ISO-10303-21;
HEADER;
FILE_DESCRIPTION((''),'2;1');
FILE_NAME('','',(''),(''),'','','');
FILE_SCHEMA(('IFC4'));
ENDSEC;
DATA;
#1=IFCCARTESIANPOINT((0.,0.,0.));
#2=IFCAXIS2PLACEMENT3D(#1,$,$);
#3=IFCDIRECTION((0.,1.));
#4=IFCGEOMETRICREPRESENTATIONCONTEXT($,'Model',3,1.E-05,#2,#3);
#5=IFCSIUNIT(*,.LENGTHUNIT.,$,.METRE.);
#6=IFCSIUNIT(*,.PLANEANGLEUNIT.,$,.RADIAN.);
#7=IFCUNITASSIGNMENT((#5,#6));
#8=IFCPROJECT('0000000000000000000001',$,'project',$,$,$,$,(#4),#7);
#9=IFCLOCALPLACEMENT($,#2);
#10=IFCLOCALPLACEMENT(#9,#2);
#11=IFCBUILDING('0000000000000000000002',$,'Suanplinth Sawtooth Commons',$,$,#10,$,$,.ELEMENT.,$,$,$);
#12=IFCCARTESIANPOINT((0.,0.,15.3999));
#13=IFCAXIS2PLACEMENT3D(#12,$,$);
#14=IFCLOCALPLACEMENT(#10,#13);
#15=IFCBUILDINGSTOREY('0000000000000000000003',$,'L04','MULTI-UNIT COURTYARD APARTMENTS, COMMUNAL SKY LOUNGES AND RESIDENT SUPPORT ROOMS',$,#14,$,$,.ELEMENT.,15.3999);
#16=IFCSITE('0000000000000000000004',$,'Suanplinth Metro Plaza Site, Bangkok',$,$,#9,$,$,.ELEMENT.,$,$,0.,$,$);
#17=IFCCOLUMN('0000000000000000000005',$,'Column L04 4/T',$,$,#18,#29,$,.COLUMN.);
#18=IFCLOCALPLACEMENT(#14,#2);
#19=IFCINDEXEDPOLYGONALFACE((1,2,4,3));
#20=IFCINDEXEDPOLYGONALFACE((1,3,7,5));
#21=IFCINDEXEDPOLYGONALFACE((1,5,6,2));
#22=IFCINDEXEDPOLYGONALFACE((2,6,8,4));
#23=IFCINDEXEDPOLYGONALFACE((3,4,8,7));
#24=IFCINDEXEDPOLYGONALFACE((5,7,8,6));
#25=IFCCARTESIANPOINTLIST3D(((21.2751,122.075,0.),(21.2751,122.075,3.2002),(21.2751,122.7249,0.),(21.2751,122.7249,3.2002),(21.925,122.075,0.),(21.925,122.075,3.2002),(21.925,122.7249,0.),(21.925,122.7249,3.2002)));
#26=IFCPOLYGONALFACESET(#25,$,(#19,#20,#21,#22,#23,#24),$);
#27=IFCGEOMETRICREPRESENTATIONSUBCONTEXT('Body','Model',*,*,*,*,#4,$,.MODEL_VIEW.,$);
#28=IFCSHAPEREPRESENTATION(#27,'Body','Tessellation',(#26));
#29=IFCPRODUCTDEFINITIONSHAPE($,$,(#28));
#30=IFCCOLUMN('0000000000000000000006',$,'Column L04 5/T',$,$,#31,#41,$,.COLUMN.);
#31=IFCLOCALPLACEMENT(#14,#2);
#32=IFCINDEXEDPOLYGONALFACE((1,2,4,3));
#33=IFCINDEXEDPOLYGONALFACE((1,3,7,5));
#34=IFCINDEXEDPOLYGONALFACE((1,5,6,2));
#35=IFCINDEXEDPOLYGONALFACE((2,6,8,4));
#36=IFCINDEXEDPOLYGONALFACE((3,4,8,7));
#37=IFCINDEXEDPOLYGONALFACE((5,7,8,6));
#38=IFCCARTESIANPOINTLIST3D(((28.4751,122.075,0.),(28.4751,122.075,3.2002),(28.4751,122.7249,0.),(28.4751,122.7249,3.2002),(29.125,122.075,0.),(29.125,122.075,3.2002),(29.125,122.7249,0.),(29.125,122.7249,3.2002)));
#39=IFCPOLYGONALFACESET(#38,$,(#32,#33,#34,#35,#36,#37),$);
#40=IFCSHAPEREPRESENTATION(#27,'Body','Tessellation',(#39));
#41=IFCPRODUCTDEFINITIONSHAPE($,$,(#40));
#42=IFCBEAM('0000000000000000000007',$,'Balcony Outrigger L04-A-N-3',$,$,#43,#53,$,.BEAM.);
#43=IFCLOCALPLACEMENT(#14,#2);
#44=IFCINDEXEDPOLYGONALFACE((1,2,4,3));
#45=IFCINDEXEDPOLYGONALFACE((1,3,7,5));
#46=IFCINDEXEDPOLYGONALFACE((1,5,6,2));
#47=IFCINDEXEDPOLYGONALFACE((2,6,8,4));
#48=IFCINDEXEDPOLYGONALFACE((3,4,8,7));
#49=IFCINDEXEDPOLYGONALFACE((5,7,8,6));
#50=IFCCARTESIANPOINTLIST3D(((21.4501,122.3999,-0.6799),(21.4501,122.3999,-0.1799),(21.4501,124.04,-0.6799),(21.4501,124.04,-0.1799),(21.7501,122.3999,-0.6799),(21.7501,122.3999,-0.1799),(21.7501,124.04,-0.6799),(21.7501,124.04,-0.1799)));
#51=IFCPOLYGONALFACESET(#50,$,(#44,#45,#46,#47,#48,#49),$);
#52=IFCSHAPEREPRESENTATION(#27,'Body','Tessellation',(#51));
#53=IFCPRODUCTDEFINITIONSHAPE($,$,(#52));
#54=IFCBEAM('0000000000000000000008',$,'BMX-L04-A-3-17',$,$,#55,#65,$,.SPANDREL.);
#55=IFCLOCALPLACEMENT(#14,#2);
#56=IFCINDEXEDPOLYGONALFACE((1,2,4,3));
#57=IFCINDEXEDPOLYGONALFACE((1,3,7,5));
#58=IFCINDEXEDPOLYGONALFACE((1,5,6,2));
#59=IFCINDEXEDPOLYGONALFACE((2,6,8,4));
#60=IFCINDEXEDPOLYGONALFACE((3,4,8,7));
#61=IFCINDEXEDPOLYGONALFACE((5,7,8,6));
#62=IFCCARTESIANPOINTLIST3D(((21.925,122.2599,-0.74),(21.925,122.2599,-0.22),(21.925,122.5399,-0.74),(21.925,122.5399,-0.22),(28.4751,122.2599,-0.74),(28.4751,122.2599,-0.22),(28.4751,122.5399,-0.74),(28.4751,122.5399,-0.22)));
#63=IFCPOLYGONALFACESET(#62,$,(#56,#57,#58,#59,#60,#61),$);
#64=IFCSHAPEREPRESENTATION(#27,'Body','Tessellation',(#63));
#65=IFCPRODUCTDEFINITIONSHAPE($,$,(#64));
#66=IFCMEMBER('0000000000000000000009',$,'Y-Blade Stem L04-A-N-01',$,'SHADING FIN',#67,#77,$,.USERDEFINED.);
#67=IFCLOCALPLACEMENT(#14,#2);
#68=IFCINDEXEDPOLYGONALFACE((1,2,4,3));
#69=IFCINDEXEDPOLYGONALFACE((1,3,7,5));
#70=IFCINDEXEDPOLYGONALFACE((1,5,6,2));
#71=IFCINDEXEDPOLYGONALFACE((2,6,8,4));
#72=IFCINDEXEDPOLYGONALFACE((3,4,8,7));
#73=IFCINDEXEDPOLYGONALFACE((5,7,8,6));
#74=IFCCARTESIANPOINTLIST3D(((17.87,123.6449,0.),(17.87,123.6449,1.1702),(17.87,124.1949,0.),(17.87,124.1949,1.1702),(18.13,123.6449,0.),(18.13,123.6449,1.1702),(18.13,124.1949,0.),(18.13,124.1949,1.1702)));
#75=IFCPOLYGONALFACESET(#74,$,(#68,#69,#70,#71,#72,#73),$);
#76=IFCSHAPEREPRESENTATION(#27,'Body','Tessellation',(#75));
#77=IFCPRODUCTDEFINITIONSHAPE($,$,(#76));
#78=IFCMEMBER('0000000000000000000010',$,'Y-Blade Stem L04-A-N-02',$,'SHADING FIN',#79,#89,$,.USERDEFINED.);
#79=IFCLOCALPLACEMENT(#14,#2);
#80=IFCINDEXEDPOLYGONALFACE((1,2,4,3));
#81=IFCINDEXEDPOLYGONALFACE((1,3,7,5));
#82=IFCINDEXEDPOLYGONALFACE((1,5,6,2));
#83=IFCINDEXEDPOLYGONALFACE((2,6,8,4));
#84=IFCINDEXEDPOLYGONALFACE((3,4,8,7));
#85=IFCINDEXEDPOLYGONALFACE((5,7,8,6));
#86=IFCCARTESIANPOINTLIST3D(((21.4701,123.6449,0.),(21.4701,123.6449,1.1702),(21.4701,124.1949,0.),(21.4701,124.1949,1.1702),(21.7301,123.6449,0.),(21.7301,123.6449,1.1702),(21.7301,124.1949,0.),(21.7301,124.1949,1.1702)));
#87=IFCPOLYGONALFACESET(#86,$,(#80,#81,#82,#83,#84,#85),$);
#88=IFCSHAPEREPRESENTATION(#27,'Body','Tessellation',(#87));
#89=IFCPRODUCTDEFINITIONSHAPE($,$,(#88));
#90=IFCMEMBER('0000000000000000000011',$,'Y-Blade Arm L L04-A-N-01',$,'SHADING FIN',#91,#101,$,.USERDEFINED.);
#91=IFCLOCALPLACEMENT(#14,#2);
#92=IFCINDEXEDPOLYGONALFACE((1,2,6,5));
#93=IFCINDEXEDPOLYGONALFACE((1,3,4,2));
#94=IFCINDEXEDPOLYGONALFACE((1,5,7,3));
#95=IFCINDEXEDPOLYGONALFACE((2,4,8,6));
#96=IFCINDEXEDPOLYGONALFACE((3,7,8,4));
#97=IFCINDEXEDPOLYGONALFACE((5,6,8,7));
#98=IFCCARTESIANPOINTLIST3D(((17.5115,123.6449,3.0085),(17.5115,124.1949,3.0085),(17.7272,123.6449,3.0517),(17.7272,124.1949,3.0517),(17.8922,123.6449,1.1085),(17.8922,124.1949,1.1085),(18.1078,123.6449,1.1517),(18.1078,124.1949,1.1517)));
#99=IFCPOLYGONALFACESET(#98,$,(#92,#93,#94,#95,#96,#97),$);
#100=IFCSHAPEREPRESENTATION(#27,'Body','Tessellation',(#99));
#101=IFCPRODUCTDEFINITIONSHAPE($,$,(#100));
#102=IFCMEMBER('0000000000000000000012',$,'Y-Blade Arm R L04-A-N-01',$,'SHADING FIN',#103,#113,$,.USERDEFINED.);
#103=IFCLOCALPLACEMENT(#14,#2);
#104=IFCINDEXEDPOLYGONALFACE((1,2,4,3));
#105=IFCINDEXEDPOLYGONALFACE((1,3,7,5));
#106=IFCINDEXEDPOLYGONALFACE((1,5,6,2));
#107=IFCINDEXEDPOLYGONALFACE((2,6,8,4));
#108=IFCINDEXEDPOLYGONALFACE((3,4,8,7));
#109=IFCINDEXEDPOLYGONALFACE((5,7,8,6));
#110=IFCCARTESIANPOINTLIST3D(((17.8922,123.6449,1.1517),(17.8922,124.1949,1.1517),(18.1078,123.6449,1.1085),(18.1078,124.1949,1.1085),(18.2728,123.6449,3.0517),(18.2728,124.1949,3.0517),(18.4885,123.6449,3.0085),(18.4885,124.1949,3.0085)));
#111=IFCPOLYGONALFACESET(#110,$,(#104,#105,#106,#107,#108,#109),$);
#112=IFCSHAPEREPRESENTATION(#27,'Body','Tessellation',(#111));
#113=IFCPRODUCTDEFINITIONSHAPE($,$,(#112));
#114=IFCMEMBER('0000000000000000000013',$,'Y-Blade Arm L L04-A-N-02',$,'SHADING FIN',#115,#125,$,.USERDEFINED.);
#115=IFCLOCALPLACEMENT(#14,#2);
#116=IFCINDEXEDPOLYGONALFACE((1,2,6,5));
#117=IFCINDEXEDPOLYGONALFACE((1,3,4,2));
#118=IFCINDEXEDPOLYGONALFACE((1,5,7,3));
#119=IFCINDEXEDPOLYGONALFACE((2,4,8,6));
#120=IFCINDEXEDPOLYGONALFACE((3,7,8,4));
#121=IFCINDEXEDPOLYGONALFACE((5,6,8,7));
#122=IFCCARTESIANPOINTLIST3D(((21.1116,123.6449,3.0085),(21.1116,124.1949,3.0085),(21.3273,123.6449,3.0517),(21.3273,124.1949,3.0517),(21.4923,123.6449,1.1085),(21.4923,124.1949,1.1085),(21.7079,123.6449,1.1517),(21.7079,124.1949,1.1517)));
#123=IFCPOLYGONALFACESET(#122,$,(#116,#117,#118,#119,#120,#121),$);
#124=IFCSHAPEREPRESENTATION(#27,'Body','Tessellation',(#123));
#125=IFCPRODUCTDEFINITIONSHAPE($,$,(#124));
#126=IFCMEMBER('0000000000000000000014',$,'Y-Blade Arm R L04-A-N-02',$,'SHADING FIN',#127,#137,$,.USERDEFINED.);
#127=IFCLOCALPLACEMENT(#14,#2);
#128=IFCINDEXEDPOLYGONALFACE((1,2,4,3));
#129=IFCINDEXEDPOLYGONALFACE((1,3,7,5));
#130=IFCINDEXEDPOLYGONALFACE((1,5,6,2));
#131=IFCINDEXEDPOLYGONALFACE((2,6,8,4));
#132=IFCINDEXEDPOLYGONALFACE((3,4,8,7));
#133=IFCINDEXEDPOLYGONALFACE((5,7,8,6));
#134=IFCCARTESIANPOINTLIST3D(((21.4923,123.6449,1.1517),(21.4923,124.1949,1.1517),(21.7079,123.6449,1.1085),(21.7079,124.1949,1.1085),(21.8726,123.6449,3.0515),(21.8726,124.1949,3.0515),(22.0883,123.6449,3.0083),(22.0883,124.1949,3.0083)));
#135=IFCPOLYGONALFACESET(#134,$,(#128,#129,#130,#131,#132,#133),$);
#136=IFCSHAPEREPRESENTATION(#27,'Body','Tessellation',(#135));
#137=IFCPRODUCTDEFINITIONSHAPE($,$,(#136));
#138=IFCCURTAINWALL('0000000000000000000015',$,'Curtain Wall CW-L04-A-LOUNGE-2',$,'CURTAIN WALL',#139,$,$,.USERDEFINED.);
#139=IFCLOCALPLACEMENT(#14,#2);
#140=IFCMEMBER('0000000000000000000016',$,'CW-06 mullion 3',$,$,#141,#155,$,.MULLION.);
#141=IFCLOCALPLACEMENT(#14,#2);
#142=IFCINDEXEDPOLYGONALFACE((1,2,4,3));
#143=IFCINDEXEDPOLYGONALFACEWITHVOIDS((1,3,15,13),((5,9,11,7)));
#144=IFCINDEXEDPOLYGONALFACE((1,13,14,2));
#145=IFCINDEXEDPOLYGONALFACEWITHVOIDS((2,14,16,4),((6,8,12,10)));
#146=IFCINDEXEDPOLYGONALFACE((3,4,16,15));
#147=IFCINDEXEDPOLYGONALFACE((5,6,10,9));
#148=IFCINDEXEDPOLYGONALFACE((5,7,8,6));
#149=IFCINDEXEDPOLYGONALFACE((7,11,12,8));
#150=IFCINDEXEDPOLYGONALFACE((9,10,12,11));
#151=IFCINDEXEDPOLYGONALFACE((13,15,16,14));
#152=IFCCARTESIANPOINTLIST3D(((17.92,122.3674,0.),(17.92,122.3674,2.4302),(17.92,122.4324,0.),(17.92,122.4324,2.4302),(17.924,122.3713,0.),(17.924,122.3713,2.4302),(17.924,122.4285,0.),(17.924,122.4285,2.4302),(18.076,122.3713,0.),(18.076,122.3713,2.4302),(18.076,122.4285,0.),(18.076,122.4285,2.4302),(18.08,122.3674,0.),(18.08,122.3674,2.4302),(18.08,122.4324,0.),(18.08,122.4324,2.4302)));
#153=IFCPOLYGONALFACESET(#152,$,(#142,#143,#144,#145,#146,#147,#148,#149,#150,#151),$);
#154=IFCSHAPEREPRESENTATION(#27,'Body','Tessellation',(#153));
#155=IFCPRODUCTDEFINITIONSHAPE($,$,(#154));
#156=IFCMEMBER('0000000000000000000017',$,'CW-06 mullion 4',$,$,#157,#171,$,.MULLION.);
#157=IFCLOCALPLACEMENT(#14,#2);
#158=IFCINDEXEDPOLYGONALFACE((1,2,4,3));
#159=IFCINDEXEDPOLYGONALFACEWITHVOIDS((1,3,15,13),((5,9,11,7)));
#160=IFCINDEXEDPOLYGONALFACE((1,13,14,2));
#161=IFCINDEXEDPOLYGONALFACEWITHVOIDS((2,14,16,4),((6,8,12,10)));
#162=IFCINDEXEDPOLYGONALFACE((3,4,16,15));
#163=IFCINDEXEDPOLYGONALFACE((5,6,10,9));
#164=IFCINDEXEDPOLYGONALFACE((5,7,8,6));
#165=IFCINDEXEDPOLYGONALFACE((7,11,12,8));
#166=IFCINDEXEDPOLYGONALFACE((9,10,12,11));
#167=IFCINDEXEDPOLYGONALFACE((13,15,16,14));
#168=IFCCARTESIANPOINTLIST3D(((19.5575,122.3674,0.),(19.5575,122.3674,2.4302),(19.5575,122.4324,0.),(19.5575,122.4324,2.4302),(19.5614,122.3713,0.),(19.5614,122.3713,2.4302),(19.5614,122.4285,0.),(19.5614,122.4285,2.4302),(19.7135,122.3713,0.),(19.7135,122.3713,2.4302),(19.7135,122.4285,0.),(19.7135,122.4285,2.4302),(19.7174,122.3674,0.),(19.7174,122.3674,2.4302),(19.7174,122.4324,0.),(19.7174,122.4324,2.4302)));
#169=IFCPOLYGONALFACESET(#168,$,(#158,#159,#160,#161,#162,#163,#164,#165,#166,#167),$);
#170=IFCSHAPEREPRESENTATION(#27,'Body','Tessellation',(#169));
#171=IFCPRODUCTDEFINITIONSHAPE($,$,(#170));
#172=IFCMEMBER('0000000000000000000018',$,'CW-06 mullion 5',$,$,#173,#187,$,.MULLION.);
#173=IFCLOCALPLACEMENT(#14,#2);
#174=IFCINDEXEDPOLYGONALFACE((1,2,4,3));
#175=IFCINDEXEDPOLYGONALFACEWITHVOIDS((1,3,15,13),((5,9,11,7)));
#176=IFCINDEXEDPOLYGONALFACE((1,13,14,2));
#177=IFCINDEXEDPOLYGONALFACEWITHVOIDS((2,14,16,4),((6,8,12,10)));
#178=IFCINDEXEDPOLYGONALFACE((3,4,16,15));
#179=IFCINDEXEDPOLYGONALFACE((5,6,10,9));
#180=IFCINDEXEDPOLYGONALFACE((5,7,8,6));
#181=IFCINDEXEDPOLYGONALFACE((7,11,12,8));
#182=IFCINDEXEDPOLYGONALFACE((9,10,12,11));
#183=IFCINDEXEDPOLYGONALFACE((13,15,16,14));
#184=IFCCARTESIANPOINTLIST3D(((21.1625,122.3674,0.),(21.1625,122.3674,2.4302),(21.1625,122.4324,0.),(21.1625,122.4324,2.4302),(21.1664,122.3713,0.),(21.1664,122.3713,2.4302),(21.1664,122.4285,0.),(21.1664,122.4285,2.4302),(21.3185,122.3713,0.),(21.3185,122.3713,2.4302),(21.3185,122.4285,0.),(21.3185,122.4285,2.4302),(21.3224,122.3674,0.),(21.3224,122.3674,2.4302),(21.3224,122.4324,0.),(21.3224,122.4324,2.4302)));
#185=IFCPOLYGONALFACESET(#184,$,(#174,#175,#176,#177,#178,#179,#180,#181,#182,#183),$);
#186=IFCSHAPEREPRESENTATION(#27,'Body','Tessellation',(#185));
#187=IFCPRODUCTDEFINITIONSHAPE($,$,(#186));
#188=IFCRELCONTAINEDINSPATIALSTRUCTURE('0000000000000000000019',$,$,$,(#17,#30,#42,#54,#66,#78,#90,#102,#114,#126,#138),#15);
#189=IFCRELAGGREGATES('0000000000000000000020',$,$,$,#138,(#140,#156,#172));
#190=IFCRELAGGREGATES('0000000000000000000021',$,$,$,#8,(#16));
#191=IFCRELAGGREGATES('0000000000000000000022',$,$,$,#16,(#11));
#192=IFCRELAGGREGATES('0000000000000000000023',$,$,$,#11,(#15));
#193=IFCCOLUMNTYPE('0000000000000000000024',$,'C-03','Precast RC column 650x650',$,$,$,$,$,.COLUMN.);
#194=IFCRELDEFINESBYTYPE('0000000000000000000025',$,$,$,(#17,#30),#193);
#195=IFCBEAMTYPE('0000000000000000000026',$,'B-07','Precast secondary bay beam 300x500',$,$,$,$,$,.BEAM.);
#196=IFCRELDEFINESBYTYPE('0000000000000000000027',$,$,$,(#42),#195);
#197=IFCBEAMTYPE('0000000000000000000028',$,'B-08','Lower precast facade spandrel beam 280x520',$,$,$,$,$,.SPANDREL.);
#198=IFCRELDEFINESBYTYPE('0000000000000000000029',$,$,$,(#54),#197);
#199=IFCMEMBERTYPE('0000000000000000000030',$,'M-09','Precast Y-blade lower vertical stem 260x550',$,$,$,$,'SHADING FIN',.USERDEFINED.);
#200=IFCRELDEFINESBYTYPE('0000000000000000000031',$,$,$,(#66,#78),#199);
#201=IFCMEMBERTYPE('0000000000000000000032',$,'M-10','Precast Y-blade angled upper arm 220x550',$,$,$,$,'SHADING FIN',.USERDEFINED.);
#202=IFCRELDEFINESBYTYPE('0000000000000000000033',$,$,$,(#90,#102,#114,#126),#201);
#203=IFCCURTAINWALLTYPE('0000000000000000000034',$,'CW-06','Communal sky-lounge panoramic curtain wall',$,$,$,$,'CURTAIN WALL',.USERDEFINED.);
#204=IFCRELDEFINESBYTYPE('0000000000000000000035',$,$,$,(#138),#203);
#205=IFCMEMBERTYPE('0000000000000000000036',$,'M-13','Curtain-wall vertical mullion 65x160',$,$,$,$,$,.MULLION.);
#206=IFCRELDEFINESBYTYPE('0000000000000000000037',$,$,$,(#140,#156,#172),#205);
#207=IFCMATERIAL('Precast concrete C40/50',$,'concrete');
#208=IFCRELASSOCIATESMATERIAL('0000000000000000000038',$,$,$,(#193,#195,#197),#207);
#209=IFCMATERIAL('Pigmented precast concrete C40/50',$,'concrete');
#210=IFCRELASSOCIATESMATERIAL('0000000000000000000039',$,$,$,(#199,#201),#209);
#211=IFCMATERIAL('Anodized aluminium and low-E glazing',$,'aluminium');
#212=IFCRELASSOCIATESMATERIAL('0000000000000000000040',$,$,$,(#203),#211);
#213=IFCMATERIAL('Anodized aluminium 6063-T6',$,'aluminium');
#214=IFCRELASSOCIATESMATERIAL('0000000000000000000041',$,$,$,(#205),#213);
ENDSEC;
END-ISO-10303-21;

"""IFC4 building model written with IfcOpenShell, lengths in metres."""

from ifc_helpers import new_model, si_unit, direction, frame, origin, origin_2d, place, context, subcontext, project, spatial, rectangle, hollow_rectangle, extrude, material, material_profile, profile_set, type_object, element, aggregate, save


model = new_model("IFC4")

# Units and contexts
model_context = context("Model", 3, precision=1e-05, world=origin(), true_north=direction((0.0, 1.0)))
body_context = subcontext(model_context, "Body", "Model", "MODEL_VIEW")
ifc_project = project(units=[si_unit("LENGTHUNIT", "METRE"), si_unit("PLANEANGLEUNIT", "RADIAN")], contexts=[model_context])

# Site, building, storey
site_placement = place(None, origin())
site = spatial("IfcSite", under=ifc_project, at=site_placement, Name="Suanplinth Metro Plaza Site, Bangkok", CompositionType="ELEMENT", RefElevation=0.0)
building_placement = place(site_placement, origin())
building = spatial("IfcBuilding", under=site, at=building_placement, Name="Suanplinth Sawtooth Commons", CompositionType="ELEMENT")
storey_placement = place(building_placement, frame((0.0, 0.0, 15.3999)))
storey = spatial("IfcBuildingStorey", under=building, at=storey_placement, Name="L04", Description="MULTI-UNIT COURTYARD APARTMENTS, COMMUNAL SKY LOUNGES AND RESIDENT SUPPORT ROOMS", CompositionType="ELEMENT", Elevation=15.3999)

# Columns
ifc_material_1 = material(Name="Precast concrete C40/50", Category="concrete")
ifc_material_profile_1 = material_profile(ifc_material_1, rectangle(XDim=0.6499, YDim=0.6499, at=origin_2d()), Name="PC-COL 650x650")
ifc_profile_set_1 = profile_set([ifc_material_profile_1], Name="Precast concrete C40/50")
column_type = type_object("IfcColumnType", Name="C-03", Description="Precast RC column 650x650", PredefinedType="COLUMN", material=ifc_profile_set_1)
for number, where, z_axis, x_axis, name in (
    (1, (21.6001, 122.3999, 0.0), (0.0, 0.0, 1.0), (1.0, 0.0, 0.0), "Column L04 4/T"),
    (2, (28.8, 122.3999, 0.0), (0.0, 0.0, 1.0), (1.0, 0.0, 0.0), "Column L04 5/T"),
):
    element("IfcColumn", number, at=place(storey_placement, frame(where, z_axis=z_axis, x_axis=x_axis)), inside=storey, type_object=column_type, Name=name, PredefinedType="COLUMN", context=body_context, shape_type="SweptSolid", body=[
        extrude(rectangle(XDim=0.6499, YDim=0.6499, at=origin_2d()), origin(), (0.0, 0.0, 1.0), 3.2002),
    ])

# Beams
ifc_material_profile_2 = material_profile(ifc_material_1, rectangle(XDim=0.3, YDim=0.5, at=origin_2d()), Name="PC-BM 300x500")
ifc_profile_set_2 = profile_set([ifc_material_profile_2], Name="Precast concrete C40/50")
beam_type_1 = type_object("IfcBeamType", Name="B-07", Description="Precast secondary bay beam 300x500", PredefinedType="BEAM", material=ifc_profile_set_2)
beam_1_placement = place(storey_placement, frame((21.6001, 122.3999, -0.4299), z_axis=(0.0, 1.0, 0.0), x_axis=(-1.0, 0.0, 0.0)))
element("IfcBeam", 3, at=beam_1_placement, inside=storey, type_object=beam_type_1, Name="Balcony Outrigger L04-A-N-3", PredefinedType="BEAM", context=body_context, shape_type="SweptSolid", body=[
    extrude(rectangle(XDim=0.3, YDim=0.5, at=origin_2d()), origin(), (0.0, 0.0, 1.0), 1.6401),
])
ifc_material_profile_3 = material_profile(ifc_material_1, rectangle(XDim=0.28, YDim=0.52, at=origin_2d()), Name="PC-SP 280x520")
ifc_profile_set_3 = profile_set([ifc_material_profile_3], Name="Precast concrete C40/50")
beam_type_2 = type_object("IfcBeamType", Name="B-08", Description="Lower precast facade spandrel beam 280x520", PredefinedType="SPANDREL", material=ifc_profile_set_3)
beam_2_placement = place(storey_placement, frame((21.925, 122.3999, -0.48), z_axis=(1.0, 0.0, 0.0), x_axis=(0.0, 1.0, 0.0)))
element("IfcBeam", 4, at=beam_2_placement, inside=storey, type_object=beam_type_2, Name="BMX-L04-A-3-17", PredefinedType="SPANDREL", context=body_context, shape_type="SweptSolid", body=[
    extrude(rectangle(XDim=0.28, YDim=0.52, at=origin_2d()), origin(), (0.0, 0.0, 1.0), 6.55),
])

# Members
ifc_material_2 = material(Name="Pigmented precast concrete C40/50", Category="concrete")
ifc_material_profile_4 = material_profile(ifc_material_2, rectangle(XDim=0.26, YDim=0.55, at=origin_2d()), Name="PC-FIN 260x550")
ifc_profile_set_4 = profile_set([ifc_material_profile_4], Name="Pigmented precast concrete C40/50")
member_type_1 = type_object("IfcMemberType", Name="M-09", Description="Precast Y-blade lower vertical stem 260x550", ElementType="SHADING FIN", PredefinedType="USERDEFINED", material=ifc_profile_set_4)
for number, where, z_axis, x_axis, name in (
    (5, (18.0, 123.9199, 0.0), (0.0, 0.0, 1.0), (1.0, 0.0, 0.0), "Y-Blade Stem L04-A-N-01"),
    (6, (21.6001, 123.9199, 0.0), (0.0, 0.0, 1.0), (1.0, 0.0, 0.0), "Y-Blade Stem L04-A-N-02"),
):
    element("IfcMember", number, at=place(storey_placement, frame(where, z_axis=z_axis, x_axis=x_axis)), inside=storey, type_object=member_type_1, Name=name, ObjectType="SHADING FIN", PredefinedType="USERDEFINED", context=body_context, shape_type="SweptSolid", body=[
        extrude(rectangle(XDim=0.26, YDim=0.55, at=origin_2d()), origin(), (0.0, 0.0, 1.0), 1.1702),
    ])
ifc_material_profile_5 = material_profile(ifc_material_2, rectangle(XDim=0.22, YDim=0.55, at=origin_2d()), Name="PC-FIN 220x550")
ifc_profile_set_5 = profile_set([ifc_material_profile_5], Name="Pigmented precast concrete C40/50")
member_type_2 = type_object("IfcMemberType", Name="M-10", Description="Precast Y-blade angled upper arm 220x550", ElementType="SHADING FIN", PredefinedType="USERDEFINED", material=ifc_profile_set_5)
for number, where, z_axis, x_axis, name in (
    (7, (18.0, 123.9199, 1.1301), (-0.196431, 0.0, 0.980518), (0.980518, 0.0, 0.196431), "Y-Blade Arm L L04-A-N-01"),
    (8, (18.0, 123.9199, 1.1301), (0.196431, 0.0, 0.980518), (-0.980518, 0.0, 0.196431), "Y-Blade Arm R L04-A-N-01"),
    (9, (21.6001, 123.9199, 1.1301), (-0.196431, 0.0, 0.980518), (0.980518, 0.0, 0.196431), "Y-Blade Arm L L04-A-N-02"),
):
    element("IfcMember", number, at=place(storey_placement, frame(where, z_axis=z_axis, x_axis=x_axis)), inside=storey, type_object=member_type_2, Name=name, ObjectType="SHADING FIN", PredefinedType="USERDEFINED", context=body_context, shape_type="SweptSolid", body=[
        extrude(rectangle(XDim=0.22, YDim=0.55, at=origin_2d()), origin(), (0.0, 0.0, 1.0), 1.9377),
    ])
member_1_placement = place(storey_placement, frame((21.6001, 123.9199, 1.1301), z_axis=(0.19631, 0.0, 0.980542), x_axis=(-0.980542, 0.0, 0.19631)))
element("IfcMember", 10, at=member_1_placement, inside=storey, type_object=member_type_2, Name="Y-Blade Arm R L04-A-N-02", ObjectType="SHADING FIN", PredefinedType="USERDEFINED", context=body_context, shape_type="SweptSolid", body=[
    extrude(rectangle(XDim=0.22, YDim=0.55, at=origin_2d()), origin(), (0.0, 0.0, 1.0), 1.9375),
])

# Curtain wall, members
ifc_material_3 = material(Name="Anodized aluminium and low-E glazing", Category="aluminium")
curtain_wall_type = type_object("IfcCurtainWallType", Name="CW-06", Description="Communal sky-lounge panoramic curtain wall", ElementType="CURTAIN WALL", PredefinedType="USERDEFINED", material=ifc_material_3)
curtain_wall_placement = place(storey_placement, origin())
curtain_wall = element("IfcCurtainWall", 11, at=curtain_wall_placement, inside=storey, type_object=curtain_wall_type, Name="Curtain Wall CW-L04-A-LOUNGE-2", ObjectType="CURTAIN WALL", PredefinedType="USERDEFINED")
ifc_material_4 = material(Name="Anodized aluminium 6063-T6", Category="aluminium")
ifc_material_profile_6 = material_profile(ifc_material_4, hollow_rectangle(XDim=0.0649, YDim=0.1599, WallThickness=0.0039, at=origin_2d()), Name="ALU-MUL 65x160")
ifc_profile_set_6 = profile_set([ifc_material_profile_6], Name="Anodized aluminium 6063-T6")
member_type_3 = type_object("IfcMemberType", Name="M-13", Description="Curtain-wall vertical mullion 65x160", PredefinedType="MULLION", material=ifc_profile_set_6)
member_2_placement = place(storey_placement, frame((18.0, 122.3999, 0.0), z_axis=(0.0, 0.0, 1.0), x_axis=(0.0, 1.0, 0.0)))
member_2 = element("IfcMember", 12, at=member_2_placement, type_object=member_type_3, Name="CW-06 mullion 3", PredefinedType="MULLION", context=body_context, shape_type="SweptSolid", body=[
    extrude(hollow_rectangle(XDim=0.0649, YDim=0.1599, WallThickness=0.0039, at=origin_2d()), origin(), (0.0, 0.0, 1.0), 2.4302),
])
member_3_placement = place(storey_placement, frame((19.6375, 122.3999, 0.0), z_axis=(0.0, 0.0, 1.0), x_axis=(0.0, 1.0, 0.0)))
member_3 = element("IfcMember", 13, at=member_3_placement, type_object=member_type_3, Name="CW-06 mullion 4", PredefinedType="MULLION", context=body_context, shape_type="SweptSolid", body=[
    extrude(hollow_rectangle(XDim=0.0649, YDim=0.1599, WallThickness=0.0039, at=origin_2d()), origin(), (0.0, 0.0, 1.0), 2.4302),
])
member_4_placement = place(storey_placement, frame((21.2424, 122.3999, 0.0), z_axis=(0.0, 0.0, 1.0), x_axis=(0.0, 1.0, 0.0)))
member_4 = element("IfcMember", 14, at=member_4_placement, type_object=member_type_3, Name="CW-06 mullion 5", PredefinedType="MULLION", context=body_context, shape_type="SweptSolid", body=[
    extrude(hollow_rectangle(XDim=0.0649, YDim=0.1599, WallThickness=0.0039, at=origin_2d()), origin(), (0.0, 0.0, 1.0), 2.4302),
])

aggregate(curtain_wall, [member_2, member_3, member_4])

save(model, "model.ifc")
